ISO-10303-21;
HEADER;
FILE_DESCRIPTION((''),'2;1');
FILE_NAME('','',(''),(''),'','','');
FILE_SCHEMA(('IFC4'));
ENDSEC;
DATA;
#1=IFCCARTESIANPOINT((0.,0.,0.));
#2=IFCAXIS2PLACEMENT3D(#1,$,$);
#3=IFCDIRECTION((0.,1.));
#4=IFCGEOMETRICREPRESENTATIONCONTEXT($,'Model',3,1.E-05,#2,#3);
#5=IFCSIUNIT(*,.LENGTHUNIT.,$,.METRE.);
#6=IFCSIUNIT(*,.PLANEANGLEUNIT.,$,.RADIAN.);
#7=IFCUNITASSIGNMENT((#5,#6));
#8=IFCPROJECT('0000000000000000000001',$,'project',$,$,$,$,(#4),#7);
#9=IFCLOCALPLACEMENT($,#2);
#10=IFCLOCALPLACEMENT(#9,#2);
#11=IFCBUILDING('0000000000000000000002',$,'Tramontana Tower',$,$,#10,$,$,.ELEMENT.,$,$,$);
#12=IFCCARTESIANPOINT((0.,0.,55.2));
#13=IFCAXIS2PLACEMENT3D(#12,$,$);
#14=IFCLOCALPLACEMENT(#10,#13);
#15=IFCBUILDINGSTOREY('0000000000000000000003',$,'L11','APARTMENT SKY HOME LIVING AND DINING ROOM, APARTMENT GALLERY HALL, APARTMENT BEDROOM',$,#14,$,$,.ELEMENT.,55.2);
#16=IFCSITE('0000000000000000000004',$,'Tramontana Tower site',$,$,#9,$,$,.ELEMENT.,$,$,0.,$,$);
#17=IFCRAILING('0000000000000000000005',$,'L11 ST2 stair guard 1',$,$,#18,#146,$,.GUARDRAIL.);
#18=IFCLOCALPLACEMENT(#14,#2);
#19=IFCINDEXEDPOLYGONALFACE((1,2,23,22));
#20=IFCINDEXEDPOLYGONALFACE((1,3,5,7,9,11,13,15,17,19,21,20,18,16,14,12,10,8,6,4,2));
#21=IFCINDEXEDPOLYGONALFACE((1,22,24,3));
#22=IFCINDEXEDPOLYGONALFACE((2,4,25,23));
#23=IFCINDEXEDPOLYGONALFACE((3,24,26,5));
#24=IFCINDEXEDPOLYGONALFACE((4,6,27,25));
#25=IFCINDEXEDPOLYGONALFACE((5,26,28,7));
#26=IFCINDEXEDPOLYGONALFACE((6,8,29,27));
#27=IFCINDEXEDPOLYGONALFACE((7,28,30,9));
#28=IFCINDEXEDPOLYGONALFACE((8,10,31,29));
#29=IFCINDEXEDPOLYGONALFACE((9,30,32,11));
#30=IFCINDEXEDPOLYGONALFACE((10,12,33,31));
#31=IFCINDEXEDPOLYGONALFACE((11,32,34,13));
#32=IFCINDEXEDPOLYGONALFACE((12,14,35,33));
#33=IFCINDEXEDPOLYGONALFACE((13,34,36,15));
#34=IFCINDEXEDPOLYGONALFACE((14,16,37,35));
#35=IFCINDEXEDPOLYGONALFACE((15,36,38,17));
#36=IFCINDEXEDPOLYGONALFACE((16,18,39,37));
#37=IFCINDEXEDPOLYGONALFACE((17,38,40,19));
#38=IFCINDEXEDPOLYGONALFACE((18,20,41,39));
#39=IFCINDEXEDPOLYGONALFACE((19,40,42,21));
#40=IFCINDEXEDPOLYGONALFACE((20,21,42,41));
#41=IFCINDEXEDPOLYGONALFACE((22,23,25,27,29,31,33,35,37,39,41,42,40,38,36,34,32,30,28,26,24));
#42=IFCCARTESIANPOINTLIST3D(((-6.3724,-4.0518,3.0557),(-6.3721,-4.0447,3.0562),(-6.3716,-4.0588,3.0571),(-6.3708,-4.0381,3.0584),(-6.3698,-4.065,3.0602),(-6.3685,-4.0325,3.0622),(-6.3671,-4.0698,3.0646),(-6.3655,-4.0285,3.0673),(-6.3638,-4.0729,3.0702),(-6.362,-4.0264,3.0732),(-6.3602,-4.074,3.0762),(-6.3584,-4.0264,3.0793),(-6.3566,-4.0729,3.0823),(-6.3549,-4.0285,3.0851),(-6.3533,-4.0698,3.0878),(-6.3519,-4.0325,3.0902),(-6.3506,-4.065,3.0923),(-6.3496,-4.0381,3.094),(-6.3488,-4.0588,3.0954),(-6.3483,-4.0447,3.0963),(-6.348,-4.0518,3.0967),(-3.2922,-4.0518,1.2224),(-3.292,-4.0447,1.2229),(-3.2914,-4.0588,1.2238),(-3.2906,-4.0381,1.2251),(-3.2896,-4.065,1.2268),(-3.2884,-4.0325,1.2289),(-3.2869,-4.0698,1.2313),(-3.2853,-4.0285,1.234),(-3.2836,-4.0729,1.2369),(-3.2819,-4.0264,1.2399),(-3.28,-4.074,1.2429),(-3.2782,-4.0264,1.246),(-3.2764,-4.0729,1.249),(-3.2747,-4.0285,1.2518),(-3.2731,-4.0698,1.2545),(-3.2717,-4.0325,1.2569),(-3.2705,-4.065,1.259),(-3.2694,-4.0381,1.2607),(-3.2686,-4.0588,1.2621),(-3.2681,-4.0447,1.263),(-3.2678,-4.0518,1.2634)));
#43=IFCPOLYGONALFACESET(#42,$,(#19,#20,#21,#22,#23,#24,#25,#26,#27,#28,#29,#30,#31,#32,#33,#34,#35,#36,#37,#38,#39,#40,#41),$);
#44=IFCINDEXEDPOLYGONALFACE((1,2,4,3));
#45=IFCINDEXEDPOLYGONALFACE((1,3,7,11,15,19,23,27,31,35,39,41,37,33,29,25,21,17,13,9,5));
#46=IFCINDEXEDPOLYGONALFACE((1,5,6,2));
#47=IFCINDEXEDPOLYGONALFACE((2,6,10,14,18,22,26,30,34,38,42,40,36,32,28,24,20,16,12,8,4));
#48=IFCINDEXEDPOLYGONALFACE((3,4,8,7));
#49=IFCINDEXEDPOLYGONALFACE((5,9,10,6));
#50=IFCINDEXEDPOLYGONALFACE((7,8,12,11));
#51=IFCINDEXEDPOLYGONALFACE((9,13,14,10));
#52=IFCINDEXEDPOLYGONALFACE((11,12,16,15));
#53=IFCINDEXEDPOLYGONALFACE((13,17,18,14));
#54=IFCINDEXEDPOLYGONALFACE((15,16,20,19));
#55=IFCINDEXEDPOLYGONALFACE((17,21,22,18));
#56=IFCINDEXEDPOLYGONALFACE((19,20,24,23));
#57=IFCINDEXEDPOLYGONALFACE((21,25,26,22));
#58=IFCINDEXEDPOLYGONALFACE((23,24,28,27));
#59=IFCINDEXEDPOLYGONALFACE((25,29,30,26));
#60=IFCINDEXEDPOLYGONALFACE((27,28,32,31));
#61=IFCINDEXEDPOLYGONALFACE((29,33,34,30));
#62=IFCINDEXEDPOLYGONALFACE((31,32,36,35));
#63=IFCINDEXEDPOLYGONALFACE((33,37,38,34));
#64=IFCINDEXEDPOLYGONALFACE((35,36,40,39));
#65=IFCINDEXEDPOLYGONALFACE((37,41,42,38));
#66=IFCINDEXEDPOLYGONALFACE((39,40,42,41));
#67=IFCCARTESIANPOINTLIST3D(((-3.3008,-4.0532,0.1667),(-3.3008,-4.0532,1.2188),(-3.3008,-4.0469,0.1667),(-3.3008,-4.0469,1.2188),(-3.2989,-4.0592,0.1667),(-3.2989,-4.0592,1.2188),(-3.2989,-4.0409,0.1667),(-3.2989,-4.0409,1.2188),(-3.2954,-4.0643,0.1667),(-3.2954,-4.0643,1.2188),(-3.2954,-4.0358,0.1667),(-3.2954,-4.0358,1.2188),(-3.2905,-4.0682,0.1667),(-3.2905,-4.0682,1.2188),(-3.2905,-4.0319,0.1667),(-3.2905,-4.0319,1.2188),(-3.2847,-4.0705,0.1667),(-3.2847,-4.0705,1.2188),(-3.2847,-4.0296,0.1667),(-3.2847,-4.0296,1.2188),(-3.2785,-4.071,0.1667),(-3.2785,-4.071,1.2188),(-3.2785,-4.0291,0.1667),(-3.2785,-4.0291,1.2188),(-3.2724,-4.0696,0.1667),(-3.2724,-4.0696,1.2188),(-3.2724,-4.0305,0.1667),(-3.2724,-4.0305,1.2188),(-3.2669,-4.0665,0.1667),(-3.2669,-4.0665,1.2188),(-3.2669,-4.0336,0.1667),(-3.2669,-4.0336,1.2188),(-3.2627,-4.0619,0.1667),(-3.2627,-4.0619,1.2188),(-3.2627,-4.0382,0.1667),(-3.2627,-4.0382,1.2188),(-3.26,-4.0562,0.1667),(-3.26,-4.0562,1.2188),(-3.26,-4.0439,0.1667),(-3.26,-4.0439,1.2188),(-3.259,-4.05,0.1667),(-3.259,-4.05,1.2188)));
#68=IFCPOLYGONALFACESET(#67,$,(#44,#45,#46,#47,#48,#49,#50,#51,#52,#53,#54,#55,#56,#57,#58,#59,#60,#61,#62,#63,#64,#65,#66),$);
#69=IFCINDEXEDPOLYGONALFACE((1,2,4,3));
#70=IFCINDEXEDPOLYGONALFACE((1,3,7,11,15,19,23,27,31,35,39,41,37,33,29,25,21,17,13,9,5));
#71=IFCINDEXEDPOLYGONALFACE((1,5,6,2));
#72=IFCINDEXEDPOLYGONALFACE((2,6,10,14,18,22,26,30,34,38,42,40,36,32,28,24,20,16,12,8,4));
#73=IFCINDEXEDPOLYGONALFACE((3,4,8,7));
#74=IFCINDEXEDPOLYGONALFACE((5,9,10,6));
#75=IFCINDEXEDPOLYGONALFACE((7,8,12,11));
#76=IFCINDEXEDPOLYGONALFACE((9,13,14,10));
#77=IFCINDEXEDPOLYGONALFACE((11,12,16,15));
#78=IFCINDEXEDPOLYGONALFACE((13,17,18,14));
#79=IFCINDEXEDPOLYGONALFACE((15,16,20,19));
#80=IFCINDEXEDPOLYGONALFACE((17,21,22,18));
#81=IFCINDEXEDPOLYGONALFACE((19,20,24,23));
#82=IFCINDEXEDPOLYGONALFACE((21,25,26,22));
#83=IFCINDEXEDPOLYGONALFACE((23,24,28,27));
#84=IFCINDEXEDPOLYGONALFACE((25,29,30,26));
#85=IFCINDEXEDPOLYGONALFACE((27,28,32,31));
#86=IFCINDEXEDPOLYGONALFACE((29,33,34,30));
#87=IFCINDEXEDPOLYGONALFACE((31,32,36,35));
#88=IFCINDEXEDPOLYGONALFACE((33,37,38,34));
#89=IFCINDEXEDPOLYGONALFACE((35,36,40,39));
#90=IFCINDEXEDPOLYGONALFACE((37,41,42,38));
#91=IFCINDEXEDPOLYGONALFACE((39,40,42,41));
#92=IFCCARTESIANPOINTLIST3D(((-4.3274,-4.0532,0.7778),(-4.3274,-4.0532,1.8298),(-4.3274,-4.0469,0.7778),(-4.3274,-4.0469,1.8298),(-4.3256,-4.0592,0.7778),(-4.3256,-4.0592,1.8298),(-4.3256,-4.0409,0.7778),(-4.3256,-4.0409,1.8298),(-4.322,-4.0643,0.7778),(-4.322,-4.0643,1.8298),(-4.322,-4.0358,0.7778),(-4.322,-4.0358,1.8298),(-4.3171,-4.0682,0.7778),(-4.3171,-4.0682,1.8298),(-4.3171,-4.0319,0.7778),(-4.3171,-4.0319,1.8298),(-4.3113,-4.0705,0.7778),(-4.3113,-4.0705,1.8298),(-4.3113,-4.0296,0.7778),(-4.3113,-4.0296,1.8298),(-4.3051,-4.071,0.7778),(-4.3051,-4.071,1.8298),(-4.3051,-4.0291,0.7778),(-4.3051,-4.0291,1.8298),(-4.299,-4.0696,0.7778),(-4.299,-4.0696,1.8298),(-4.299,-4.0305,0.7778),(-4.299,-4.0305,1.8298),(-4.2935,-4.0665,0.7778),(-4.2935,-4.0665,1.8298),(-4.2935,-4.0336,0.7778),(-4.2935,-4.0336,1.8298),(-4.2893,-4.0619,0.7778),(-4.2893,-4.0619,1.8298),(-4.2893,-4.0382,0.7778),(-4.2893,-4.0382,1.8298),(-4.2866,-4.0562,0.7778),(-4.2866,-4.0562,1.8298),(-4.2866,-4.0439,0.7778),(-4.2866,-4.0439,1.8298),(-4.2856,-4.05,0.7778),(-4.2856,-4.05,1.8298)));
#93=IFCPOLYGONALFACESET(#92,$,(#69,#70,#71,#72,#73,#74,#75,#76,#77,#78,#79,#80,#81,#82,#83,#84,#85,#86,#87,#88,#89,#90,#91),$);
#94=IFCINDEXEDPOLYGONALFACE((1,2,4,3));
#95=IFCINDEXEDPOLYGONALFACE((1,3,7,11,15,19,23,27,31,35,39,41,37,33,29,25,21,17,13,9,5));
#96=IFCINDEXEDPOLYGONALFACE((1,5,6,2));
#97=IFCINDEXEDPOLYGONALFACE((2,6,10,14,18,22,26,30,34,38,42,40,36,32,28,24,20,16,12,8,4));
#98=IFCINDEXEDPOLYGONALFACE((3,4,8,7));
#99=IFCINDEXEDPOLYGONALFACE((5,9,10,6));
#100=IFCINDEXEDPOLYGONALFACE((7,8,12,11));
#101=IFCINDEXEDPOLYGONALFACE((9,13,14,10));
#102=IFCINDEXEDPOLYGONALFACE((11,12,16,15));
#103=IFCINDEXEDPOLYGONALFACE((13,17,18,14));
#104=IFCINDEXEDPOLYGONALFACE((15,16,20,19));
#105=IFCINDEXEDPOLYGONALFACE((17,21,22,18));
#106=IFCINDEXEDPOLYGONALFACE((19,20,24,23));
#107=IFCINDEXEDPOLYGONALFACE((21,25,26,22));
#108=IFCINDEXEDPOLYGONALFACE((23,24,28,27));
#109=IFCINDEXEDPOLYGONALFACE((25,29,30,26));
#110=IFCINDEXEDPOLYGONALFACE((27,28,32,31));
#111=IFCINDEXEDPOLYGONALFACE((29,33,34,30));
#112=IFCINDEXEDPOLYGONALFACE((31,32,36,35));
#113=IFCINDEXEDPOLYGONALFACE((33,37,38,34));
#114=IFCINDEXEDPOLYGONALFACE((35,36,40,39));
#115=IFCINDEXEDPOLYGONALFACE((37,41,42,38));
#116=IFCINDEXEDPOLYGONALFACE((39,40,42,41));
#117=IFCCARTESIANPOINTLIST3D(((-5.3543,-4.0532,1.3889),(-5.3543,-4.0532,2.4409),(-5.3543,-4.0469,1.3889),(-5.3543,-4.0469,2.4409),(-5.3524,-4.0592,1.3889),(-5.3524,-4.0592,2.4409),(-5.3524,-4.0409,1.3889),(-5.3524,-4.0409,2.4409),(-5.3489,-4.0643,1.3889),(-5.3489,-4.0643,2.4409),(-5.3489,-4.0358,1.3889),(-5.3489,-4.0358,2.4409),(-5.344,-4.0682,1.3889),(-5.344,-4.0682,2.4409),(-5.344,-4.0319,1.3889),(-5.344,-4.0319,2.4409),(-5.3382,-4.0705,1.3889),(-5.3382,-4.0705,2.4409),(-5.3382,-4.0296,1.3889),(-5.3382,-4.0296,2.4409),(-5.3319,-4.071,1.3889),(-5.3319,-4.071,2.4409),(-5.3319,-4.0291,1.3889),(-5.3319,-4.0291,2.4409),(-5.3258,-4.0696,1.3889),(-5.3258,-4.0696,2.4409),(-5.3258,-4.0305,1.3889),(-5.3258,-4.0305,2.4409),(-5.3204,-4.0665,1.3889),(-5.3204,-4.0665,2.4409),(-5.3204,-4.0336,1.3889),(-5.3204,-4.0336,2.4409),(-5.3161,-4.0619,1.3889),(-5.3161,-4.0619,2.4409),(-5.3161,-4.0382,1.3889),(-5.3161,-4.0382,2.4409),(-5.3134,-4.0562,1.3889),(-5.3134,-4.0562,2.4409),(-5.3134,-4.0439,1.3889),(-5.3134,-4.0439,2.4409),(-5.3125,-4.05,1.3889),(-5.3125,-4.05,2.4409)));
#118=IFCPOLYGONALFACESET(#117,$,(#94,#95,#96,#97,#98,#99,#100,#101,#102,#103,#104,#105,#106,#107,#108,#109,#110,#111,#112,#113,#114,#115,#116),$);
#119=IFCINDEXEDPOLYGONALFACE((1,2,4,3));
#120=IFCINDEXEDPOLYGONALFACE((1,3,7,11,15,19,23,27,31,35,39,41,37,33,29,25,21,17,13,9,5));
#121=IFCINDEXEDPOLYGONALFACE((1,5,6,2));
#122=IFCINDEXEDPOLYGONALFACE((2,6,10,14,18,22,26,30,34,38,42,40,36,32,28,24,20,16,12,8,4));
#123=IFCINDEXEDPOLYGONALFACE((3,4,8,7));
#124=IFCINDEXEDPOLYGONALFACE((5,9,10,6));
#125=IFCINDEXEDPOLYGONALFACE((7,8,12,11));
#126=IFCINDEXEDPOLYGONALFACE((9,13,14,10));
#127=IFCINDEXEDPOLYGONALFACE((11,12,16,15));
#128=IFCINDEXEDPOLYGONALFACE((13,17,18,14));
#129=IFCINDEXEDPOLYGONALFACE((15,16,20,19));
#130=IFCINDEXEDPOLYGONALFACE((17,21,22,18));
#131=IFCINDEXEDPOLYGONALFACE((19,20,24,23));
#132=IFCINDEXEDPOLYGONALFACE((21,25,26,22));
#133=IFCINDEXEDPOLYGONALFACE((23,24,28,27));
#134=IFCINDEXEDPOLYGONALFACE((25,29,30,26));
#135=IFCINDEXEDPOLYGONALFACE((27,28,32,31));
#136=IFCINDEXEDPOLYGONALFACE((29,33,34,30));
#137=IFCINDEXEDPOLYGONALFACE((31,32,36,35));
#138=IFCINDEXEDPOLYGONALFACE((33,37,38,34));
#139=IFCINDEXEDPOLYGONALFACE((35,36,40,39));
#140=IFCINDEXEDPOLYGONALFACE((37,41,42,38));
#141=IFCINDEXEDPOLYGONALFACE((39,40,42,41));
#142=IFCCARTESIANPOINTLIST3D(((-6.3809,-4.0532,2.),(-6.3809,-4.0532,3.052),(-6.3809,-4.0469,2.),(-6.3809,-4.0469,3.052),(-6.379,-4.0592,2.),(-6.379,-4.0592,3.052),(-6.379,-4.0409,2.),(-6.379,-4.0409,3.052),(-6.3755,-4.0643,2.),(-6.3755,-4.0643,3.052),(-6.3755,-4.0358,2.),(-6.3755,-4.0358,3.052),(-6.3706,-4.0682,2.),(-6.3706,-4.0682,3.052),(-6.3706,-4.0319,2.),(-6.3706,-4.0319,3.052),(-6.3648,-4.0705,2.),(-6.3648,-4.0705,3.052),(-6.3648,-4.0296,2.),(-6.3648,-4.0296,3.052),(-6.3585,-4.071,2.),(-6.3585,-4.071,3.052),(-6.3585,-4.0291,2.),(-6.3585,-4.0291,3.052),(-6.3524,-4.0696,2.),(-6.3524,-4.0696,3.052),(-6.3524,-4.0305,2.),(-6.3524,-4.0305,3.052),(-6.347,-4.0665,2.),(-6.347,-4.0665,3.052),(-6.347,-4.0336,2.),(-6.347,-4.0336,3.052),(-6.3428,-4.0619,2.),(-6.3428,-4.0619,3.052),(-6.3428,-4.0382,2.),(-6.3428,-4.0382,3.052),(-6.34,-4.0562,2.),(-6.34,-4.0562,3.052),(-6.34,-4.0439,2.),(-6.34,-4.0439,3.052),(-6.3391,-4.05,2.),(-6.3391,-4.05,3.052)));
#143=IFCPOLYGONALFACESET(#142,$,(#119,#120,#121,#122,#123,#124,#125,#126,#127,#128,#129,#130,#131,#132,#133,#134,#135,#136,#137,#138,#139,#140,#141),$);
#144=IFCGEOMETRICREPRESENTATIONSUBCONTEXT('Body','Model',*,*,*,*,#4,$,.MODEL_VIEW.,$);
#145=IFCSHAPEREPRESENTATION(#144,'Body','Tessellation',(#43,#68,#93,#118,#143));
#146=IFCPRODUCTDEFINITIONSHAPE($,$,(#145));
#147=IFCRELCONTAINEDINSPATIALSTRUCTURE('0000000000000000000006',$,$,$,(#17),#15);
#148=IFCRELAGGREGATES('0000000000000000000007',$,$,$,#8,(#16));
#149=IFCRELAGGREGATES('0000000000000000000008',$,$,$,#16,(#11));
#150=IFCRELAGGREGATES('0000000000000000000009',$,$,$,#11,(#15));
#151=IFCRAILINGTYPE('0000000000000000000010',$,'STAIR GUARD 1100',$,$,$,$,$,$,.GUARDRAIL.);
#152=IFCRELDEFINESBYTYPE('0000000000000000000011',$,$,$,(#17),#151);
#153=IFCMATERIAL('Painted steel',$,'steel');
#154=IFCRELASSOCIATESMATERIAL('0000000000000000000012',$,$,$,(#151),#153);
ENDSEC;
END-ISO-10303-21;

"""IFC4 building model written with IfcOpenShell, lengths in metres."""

from ifc_helpers import new_model, si_unit, direction, frame, origin, origin_2d, place, context, subcontext, project, spatial, circle, extrude, material, type_object, element, save


model = new_model("IFC4")

# Units and contexts
model_context = context("Model", 3, precision=1e-05, world=origin(), true_north=direction((0.0, 1.0)))
body_context = subcontext(model_context, "Body", "Model", "MODEL_VIEW")
ifc_project = project(units=[si_unit("LENGTHUNIT", "METRE"), si_unit("PLANEANGLEUNIT", "RADIAN")], contexts=[model_context])

# Site, building, storey
site_placement = place(None, origin())
site = spatial("IfcSite", under=ifc_project, at=site_placement, Name="Tramontana Tower site", CompositionType="ELEMENT", RefElevation=0.0)
building_placement = place(site_placement, origin())
building = spatial("IfcBuilding", under=site, at=building_placement, Name="Tramontana Tower", CompositionType="ELEMENT")
storey_placement = place(building_placement, frame((0.0, 0.0, 55.2)))
storey = spatial("IfcBuildingStorey", under=building, at=storey_placement, Name="L11", Description="APARTMENT SKY HOME LIVING AND DINING ROOM, APARTMENT GALLERY HALL, APARTMENT BEDROOM", CompositionType="ELEMENT", Elevation=55.2)

# Railing
ifc_material_1 = material(Name="Painted steel", Category="steel")
railing_type_1 = type_object("IfcRailingType", Name="STAIR GUARD 1100", PredefinedType="GUARDRAIL", material=ifc_material_1)
railing_1_placement = place(storey_placement, frame((-3.28, -4.05, 0.1667)))
element("IfcRailing", 1, at=railing_1_placement, inside=storey, type_object=railing_type_1, Name="L11 ST2 stair guard 1", PredefinedType="GUARDRAIL", context=body_context, shape_type="SweptSolid", body=[
    extrude(circle(Radius=0.0239, at=origin_2d()), frame((0.0, 0.0, 1.0762), z_axis=(-0.859309, 0.0, 0.511458), x_axis=(0.0, -1.0, 0.0)), (0.0, 0.0, 1.0), 3.5845),
    extrude(circle(Radius=0.021, at=origin_2d()), origin(), (0.0, 0.0, 1.0), 1.052),
    extrude(circle(Radius=0.021, at=origin_2d()), frame((-1.0266, 0.0, 0.6111)), (0.0, 0.0, 1.0), 1.052),
    extrude(circle(Radius=0.021, at=origin_2d()), frame((-2.0535, 0.0, 1.2222)), (0.0, 0.0, 1.0), 1.052),
    extrude(circle(Radius=0.021, at=origin_2d()), frame((-3.0801, 0.0, 1.8333)), (0.0, 0.0, 1.0), 1.052),
])

save(model, "model.ifc")
